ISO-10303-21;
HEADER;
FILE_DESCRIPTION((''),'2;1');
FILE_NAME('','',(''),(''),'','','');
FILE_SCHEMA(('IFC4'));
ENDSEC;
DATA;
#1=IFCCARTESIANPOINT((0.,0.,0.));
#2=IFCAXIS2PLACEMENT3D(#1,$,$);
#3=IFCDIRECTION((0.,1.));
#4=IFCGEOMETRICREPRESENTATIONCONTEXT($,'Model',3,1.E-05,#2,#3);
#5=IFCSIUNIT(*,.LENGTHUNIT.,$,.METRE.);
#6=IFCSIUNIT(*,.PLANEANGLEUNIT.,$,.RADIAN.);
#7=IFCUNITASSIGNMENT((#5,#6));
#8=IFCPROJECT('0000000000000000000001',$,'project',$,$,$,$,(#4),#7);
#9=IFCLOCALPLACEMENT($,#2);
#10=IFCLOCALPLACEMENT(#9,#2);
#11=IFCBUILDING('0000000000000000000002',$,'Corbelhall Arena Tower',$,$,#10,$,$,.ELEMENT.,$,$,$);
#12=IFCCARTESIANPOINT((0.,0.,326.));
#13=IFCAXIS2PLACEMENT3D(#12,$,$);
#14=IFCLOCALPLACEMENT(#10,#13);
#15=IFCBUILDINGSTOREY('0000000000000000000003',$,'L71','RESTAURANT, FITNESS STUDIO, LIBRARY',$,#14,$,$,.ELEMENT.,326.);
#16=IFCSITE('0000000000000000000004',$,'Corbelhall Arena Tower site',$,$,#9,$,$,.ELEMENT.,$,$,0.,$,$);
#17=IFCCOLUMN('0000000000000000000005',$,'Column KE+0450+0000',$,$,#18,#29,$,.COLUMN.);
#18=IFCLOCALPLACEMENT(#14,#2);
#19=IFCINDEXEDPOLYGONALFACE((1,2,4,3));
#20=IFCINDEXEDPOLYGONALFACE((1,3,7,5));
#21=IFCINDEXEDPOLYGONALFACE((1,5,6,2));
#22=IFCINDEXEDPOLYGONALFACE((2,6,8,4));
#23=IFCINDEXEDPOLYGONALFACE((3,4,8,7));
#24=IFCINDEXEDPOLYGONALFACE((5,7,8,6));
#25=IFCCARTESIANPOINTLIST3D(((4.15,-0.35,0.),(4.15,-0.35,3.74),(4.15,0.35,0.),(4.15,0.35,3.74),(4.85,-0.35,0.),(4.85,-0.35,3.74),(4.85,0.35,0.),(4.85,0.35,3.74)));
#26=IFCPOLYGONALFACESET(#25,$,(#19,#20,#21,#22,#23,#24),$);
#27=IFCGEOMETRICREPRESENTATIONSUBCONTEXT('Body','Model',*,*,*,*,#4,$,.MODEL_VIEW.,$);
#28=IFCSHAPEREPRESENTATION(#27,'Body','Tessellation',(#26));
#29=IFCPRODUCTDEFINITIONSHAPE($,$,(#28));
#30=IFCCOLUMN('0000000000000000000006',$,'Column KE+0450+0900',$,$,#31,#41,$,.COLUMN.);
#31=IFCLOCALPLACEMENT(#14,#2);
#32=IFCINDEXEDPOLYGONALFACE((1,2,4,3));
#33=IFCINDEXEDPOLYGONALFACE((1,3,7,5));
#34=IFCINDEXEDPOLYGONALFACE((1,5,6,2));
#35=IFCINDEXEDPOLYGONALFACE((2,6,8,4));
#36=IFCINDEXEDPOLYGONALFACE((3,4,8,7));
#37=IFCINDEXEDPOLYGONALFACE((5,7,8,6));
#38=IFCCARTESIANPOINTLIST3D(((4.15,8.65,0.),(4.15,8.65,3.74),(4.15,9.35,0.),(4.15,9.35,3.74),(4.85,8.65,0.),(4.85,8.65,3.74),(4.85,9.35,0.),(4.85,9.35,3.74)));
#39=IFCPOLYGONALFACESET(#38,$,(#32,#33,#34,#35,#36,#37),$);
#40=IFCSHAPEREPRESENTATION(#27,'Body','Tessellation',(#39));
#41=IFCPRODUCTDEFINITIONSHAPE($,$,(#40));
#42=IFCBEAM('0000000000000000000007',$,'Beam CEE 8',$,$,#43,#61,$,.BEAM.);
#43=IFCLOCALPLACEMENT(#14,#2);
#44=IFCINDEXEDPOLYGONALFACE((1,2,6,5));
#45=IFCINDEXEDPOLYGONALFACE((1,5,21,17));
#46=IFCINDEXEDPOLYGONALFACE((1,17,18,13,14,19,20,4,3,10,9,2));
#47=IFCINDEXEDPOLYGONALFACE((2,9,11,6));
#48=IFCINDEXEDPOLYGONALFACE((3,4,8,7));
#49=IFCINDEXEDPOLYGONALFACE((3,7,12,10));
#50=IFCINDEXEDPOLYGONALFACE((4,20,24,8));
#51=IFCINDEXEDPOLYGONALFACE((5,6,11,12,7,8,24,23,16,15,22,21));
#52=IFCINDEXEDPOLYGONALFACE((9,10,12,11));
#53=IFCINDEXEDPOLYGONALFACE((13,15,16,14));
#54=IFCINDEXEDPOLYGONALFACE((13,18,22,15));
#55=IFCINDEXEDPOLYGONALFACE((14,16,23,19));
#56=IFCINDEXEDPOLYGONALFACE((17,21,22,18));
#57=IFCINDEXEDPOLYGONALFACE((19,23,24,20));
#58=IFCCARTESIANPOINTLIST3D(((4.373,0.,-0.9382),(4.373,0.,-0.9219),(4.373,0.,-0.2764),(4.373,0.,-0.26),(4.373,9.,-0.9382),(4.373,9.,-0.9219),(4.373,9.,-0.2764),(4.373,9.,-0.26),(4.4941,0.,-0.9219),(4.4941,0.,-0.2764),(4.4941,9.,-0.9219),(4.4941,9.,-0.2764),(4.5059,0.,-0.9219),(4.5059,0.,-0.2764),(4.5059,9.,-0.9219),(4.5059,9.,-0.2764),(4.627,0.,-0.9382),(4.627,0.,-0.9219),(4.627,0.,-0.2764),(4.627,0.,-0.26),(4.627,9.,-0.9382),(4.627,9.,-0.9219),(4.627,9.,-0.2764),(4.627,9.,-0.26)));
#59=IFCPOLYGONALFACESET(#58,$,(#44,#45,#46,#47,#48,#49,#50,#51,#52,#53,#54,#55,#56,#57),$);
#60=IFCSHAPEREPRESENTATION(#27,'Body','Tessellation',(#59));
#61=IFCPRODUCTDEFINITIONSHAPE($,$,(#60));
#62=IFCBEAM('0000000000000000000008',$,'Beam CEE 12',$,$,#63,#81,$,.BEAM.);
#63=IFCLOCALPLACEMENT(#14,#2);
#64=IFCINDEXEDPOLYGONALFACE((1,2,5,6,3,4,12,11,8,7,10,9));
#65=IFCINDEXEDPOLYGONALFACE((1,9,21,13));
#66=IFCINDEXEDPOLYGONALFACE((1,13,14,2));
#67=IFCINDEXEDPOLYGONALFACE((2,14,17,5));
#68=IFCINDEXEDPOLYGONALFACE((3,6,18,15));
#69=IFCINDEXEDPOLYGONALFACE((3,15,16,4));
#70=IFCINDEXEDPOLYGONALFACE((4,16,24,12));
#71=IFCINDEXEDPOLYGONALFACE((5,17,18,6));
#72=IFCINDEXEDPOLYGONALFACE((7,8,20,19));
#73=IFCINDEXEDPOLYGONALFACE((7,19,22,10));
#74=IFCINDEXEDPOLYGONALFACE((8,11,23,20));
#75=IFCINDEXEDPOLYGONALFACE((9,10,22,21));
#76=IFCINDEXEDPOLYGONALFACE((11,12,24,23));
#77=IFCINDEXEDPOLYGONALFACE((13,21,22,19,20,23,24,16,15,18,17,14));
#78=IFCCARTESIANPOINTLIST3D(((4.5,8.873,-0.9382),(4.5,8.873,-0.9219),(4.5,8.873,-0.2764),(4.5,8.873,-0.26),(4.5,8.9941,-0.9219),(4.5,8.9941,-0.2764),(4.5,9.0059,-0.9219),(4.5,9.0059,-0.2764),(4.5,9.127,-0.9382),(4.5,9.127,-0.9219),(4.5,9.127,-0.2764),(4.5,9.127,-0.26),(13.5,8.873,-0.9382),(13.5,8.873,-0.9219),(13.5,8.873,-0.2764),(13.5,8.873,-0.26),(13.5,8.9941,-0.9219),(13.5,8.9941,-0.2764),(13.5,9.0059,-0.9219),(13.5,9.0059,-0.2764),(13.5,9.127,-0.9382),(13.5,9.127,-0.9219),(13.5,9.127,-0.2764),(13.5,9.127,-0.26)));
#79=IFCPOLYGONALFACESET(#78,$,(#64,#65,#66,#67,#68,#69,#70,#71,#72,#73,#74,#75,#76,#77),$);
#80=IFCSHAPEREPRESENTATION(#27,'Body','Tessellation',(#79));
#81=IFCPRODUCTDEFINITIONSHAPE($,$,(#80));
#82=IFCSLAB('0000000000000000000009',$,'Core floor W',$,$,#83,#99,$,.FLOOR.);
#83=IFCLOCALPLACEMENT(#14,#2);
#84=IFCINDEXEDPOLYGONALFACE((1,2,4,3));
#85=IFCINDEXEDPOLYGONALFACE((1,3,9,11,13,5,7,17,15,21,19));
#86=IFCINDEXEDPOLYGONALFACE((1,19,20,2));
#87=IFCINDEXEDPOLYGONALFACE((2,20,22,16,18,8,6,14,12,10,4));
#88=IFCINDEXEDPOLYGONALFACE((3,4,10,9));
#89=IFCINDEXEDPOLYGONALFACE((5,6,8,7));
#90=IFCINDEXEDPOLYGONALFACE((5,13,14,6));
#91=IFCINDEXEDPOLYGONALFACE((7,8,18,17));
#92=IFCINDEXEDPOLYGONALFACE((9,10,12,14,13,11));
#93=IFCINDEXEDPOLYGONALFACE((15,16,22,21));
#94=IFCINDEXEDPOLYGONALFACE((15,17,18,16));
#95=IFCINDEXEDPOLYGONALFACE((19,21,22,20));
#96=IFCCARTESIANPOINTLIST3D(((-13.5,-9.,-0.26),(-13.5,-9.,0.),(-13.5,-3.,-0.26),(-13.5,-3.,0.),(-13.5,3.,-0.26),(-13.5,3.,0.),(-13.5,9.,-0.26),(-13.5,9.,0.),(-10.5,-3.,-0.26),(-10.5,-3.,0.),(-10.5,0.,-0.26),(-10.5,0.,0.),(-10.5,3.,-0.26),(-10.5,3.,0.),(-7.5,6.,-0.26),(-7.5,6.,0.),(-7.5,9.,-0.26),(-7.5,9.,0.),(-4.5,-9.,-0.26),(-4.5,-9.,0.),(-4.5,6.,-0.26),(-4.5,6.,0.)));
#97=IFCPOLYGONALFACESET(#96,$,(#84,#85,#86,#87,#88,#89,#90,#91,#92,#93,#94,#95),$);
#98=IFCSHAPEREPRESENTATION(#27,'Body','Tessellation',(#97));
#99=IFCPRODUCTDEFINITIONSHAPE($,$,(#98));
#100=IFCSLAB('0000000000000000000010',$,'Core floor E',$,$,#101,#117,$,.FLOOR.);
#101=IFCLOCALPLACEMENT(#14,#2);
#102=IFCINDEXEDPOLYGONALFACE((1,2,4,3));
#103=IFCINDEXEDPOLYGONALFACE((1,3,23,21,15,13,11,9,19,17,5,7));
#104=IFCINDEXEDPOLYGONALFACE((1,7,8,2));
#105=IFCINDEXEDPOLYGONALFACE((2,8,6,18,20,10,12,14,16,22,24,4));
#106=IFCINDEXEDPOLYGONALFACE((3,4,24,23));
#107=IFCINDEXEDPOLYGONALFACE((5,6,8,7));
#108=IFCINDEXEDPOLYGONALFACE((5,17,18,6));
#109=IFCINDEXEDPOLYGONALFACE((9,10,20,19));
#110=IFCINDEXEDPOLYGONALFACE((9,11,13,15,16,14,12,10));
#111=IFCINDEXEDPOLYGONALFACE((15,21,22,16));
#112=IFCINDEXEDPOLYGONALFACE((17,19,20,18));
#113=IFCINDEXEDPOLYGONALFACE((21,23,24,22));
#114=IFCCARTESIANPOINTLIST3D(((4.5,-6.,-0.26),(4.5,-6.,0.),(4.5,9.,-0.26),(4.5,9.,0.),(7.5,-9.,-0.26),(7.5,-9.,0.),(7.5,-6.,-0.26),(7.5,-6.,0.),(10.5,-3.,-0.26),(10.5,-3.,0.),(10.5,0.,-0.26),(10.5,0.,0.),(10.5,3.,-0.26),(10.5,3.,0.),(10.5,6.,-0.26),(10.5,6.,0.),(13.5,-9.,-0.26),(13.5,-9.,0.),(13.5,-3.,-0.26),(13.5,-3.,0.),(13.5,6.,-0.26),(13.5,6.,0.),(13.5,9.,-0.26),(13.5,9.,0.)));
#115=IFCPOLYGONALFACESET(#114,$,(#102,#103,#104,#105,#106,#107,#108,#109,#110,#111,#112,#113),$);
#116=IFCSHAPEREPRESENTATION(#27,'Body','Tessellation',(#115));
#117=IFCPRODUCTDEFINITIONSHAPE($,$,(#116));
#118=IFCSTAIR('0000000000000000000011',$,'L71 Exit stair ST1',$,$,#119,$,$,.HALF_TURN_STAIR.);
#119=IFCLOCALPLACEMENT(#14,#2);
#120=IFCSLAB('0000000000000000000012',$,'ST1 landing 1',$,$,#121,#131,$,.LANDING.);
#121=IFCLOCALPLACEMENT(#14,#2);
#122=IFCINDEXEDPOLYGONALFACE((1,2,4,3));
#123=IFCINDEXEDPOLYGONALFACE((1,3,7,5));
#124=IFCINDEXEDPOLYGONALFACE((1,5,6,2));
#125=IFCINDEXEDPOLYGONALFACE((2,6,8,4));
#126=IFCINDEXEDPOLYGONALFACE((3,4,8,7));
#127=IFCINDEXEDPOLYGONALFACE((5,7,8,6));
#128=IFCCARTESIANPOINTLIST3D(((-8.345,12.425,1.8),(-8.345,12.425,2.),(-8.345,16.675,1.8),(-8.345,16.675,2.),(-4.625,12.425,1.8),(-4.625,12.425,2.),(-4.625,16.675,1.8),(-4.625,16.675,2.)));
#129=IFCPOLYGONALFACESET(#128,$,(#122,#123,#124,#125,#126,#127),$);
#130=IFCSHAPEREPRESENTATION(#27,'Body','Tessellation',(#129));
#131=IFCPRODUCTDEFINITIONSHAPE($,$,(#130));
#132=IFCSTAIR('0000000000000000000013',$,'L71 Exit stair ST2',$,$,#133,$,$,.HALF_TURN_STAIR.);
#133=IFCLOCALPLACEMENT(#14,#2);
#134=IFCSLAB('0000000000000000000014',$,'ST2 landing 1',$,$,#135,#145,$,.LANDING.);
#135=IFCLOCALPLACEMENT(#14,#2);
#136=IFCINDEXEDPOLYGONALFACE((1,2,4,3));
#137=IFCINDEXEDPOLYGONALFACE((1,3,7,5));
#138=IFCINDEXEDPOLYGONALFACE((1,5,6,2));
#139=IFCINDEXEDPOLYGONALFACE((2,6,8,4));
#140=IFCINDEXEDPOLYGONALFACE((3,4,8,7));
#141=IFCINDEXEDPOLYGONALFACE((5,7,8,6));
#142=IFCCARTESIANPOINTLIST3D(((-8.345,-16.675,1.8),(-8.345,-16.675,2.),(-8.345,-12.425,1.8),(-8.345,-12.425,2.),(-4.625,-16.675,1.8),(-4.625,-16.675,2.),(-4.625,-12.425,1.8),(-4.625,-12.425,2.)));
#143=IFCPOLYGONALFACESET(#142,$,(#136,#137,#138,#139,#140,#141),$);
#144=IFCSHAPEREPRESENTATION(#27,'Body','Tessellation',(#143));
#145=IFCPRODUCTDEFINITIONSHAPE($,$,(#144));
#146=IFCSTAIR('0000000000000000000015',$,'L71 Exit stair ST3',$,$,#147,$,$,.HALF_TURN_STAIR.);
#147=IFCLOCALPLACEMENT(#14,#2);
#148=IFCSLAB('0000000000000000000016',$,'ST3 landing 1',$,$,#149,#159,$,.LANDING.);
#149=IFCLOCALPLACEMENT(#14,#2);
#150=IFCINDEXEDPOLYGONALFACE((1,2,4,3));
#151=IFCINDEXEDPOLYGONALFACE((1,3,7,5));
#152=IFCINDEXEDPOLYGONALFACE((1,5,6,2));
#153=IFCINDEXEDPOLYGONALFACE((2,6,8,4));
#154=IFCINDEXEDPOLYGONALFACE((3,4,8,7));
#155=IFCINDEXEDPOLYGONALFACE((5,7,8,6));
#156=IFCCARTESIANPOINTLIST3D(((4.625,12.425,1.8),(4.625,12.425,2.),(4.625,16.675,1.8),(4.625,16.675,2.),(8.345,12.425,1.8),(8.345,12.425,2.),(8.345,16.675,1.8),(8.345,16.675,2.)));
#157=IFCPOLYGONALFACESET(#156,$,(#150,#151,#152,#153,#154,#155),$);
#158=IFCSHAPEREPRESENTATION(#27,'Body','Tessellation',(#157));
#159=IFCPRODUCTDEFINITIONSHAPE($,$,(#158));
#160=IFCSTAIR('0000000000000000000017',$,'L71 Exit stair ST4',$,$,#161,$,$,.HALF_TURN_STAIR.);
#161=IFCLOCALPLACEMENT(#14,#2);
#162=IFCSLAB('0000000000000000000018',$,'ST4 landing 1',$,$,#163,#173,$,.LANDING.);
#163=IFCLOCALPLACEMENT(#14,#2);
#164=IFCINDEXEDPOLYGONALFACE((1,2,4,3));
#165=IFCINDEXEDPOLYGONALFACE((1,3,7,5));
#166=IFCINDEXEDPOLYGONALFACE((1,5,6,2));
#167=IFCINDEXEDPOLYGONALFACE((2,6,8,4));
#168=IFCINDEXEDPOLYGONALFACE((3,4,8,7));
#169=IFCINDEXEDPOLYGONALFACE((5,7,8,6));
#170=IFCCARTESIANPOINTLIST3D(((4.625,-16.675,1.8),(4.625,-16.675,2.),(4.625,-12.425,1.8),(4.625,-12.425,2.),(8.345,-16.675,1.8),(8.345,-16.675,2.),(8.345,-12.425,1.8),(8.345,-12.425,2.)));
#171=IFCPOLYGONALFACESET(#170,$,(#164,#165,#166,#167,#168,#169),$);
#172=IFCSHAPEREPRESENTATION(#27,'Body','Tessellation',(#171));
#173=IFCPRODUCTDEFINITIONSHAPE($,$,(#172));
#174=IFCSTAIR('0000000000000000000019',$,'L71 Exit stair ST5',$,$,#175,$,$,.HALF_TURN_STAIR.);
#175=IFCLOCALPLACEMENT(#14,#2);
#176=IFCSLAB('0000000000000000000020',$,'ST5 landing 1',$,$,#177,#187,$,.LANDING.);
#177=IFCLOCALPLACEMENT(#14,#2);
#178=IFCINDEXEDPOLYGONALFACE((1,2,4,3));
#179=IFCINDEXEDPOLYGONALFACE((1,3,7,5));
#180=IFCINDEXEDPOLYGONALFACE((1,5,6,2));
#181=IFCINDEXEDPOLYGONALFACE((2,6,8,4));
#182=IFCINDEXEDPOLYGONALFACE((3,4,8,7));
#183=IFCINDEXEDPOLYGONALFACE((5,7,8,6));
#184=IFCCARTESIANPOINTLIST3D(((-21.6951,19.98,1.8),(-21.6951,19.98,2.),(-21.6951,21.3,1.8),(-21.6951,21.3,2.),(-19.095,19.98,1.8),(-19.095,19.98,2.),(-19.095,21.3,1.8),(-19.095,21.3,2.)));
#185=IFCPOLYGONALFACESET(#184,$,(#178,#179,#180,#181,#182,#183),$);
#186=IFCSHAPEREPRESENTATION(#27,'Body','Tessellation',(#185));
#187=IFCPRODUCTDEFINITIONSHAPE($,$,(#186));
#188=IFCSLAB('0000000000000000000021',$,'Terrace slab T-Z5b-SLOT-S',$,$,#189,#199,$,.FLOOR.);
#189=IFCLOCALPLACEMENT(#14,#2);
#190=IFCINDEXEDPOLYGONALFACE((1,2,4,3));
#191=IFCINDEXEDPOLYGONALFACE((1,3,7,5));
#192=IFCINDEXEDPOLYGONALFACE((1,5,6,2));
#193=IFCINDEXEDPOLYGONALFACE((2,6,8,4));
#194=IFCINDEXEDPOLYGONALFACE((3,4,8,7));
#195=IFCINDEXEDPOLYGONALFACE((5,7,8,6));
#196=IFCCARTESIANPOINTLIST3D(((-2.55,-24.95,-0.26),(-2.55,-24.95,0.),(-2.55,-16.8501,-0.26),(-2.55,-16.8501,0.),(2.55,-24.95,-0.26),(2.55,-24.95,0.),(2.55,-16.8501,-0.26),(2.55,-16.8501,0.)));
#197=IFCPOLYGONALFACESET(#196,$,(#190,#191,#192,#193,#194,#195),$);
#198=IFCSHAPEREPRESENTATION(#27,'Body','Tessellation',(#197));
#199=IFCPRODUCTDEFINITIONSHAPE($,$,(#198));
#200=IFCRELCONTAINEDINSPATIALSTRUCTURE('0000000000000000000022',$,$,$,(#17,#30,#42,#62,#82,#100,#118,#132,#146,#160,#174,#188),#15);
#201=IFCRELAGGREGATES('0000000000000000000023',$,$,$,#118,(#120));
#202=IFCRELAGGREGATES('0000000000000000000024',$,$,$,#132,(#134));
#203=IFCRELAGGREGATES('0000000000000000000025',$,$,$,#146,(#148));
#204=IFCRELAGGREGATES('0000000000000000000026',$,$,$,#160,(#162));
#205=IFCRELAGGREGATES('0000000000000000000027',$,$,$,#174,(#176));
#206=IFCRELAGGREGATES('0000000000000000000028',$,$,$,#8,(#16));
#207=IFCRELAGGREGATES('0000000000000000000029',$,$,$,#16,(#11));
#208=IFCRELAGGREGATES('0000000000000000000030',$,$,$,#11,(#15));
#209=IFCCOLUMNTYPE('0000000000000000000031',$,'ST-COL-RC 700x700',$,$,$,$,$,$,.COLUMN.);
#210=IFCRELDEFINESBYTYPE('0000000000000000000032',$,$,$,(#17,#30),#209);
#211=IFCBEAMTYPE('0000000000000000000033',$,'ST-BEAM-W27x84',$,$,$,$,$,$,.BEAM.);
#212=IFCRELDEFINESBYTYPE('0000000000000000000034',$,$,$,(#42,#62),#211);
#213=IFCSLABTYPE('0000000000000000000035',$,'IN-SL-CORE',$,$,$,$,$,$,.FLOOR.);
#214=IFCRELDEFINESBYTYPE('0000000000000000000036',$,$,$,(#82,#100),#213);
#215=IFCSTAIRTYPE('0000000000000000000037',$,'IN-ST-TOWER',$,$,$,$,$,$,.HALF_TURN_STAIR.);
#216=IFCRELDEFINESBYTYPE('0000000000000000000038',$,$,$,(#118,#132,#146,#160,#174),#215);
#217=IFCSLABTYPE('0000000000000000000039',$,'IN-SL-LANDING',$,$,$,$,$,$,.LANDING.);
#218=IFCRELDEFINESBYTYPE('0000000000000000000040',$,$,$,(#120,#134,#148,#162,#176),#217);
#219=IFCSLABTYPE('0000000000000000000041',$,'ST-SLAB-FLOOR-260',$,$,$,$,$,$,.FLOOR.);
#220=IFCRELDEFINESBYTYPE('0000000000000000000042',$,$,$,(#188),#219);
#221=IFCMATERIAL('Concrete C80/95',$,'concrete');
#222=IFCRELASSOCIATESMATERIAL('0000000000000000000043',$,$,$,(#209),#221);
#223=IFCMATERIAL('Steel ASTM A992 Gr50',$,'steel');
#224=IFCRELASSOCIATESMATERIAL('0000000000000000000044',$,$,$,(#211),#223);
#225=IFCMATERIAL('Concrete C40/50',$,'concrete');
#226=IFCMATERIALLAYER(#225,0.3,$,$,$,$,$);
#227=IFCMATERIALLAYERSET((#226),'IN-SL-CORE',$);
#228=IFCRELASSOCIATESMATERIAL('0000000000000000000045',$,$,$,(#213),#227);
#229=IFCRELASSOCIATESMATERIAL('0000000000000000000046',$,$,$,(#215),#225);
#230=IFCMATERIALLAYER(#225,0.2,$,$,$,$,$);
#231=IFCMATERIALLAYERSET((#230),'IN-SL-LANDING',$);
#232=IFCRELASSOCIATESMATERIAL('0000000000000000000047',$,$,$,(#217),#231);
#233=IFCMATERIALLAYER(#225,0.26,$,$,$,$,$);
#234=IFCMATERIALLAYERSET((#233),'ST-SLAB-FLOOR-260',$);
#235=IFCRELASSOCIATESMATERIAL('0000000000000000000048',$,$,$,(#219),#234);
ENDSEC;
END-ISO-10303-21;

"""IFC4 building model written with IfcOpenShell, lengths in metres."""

from ifc_helpers import new_model, si_unit, direction, frame, origin, origin_2d, place, context, subcontext, project, spatial, polyline, rectangle, i_section, outline, extrude, material, layer, layer_set, material_profile, profile_set, type_object, element, aggregate, save


model = new_model("IFC4")

# Units and contexts
model_context = context("Model", 3, precision=1e-05, world=origin(), true_north=direction((0.0, 1.0)))
body_context = subcontext(model_context, "Body", "Model", "MODEL_VIEW")
ifc_project = project(units=[si_unit("LENGTHUNIT", "METRE"), si_unit("PLANEANGLEUNIT", "RADIAN")], contexts=[model_context])

# Site, building, storey
site_placement = place(None, origin())
site = spatial("IfcSite", under=ifc_project, at=site_placement, Name="Corbelhall Arena Tower site", CompositionType="ELEMENT", RefElevation=0.0)
building_placement = place(site_placement, origin())
building = spatial("IfcBuilding", under=site, at=building_placement, Name="Corbelhall Arena Tower", CompositionType="ELEMENT")
storey_placement = place(building_placement, frame((0.0, 0.0, 326.0)))
storey = spatial("IfcBuildingStorey", under=building, at=storey_placement, Name="L71", Description="RESTAURANT, FITNESS STUDIO, LIBRARY", CompositionType="ELEMENT", Elevation=326.0)

# Columns
ifc_material_1 = material(Name="Concrete C80/95", Category="concrete")
ifc_material_profile_1 = material_profile(ifc_material_1, rectangle(XDim=0.7, YDim=0.7, at=origin_2d()))
ifc_profile_set_1 = profile_set([ifc_material_profile_1], Name="Concrete C80/95")
column_type = type_object("IfcColumnType", Name="ST-COL-RC 700x700", PredefinedType="COLUMN", material=ifc_profile_set_1)
for number, where, z_axis, x_axis, name in (
    (1, (4.5, 0.0, 0.0), (0.0, 0.0, 1.0), (1.0, 0.0, 0.0), "Column KE+0450+0000"),
    (2, (4.5, 9.0, 0.0), (0.0, 0.0, 1.0), (1.0, 0.0, 0.0), "Column KE+0450+0900"),
):
    element("IfcColumn", number, at=place(storey_placement, frame(where, z_axis=z_axis, x_axis=x_axis)), inside=storey, type_object=column_type, Name=name, PredefinedType="COLUMN", context=body_context, shape_type="SweptSolid", body=[
        extrude(rectangle(XDim=0.7, YDim=0.7, at=origin_2d()), origin(), (0.0, 0.0, 1.0), 3.74),
    ])

# Beams
ifc_material_2 = material(Name="Steel ASTM A992 Gr50", Category="steel")
ifc_material_profile_2 = material_profile(ifc_material_2, i_section(OverallWidth=0.2539, OverallDepth=0.6782, WebThickness=0.0117, FlangeThickness=0.0164, at=origin_2d()))
ifc_profile_set_2 = profile_set([ifc_material_profile_2], Name="Steel ASTM A992 Gr50")
beam_type = type_object("IfcBeamType", Name="ST-BEAM-W27x84", PredefinedType="BEAM", material=ifc_profile_set_2)
for number, where, z_axis, x_axis, name in (
    (3, (4.5, 0.0, -0.5991), (0.0, 1.0, 0.0), (-1.0, 0.0, 0.0), "Beam CEE 8"),
    (4, (4.5, 9.0, -0.5991), (1.0, 0.0, 0.0), (0.0, 1.0, 0.0), "Beam CEE 12"),
):
    element("IfcBeam", number, at=place(storey_placement, frame(where, z_axis=z_axis, x_axis=x_axis)), inside=storey, type_object=beam_type, Name=name, PredefinedType="BEAM", context=body_context, shape_type="SweptSolid", body=[
        extrude(i_section(OverallWidth=0.2539, OverallDepth=0.6782, WebThickness=0.0117, FlangeThickness=0.0164, at=origin_2d()), origin(), (0.0, 0.0, 1.0), 9.0),
    ])

# Slabs
ifc_material_3 = material(Name="Concrete C40/50", Category="concrete")
ifc_layer_1 = layer(ifc_material_3, 0.3)
ifc_layer_set_1 = layer_set([ifc_layer_1], Name="IN-SL-CORE")
slab_type_1 = type_object("IfcSlabType", Name="IN-SL-CORE", PredefinedType="FLOOR", material=ifc_layer_set_1)
slab_1_placement = place(storey_placement, frame((0.0, 0.0, -0.26)))
element("IfcSlab", 5, at=slab_1_placement, inside=storey, type_object=slab_type_1, Name="Core floor W", PredefinedType="FLOOR", context=body_context, shape_type="SweptSolid", body=[
    extrude(outline(polyline([(-13.5, -3.0), (-13.5, -9.0), (-4.5, -9.0), (-4.5, 6.0), (-7.5, 6.0), (-7.5, 9.0), (-13.5, 9.0), (-13.5, 3.0), (-10.5, 3.0), (-10.5, 0.0), (-10.5, -3.0), (-13.5, -3.0)])), origin(), (0.0, 0.0, 1.0), 0.26),
])
slab_2_placement = place(storey_placement, frame((0.0, 0.0, -0.26)))
element("IfcSlab", 6, at=slab_2_placement, inside=storey, type_object=slab_type_1, Name="Core floor E", PredefinedType="FLOOR", context=body_context, shape_type="SweptSolid", body=[
    extrude(outline(polyline([(10.5, 0.0), (10.5, 3.0), (10.5, 6.0), (13.5, 6.0), (13.5, 9.0), (4.5, 9.0), (4.5, -6.0), (7.5, -6.0), (7.5, -9.0), (13.5, -9.0), (13.5, -3.0), (10.5, -3.0), (10.5, 0.0)])), origin(), (0.0, 0.0, 1.0), 0.26),
])

# Stairs, slabs
stair_type = type_object("IfcStairType", Name="IN-ST-TOWER", PredefinedType="HALF_TURN_STAIR", material=ifc_material_3)
stair_1_placement = place(storey_placement, origin())
stair_1 = element("IfcStair", 7, at=stair_1_placement, inside=storey, type_object=stair_type, Name="L71 Exit stair ST1", PredefinedType="HALF_TURN_STAIR")
ifc_layer_2 = layer(ifc_material_3, 0.2)
ifc_layer_set_2 = layer_set([ifc_layer_2], Name="IN-SL-LANDING")
slab_type_2 = type_object("IfcSlabType", Name="IN-SL-LANDING", PredefinedType="LANDING", material=ifc_layer_set_2)
slab_3_placement = place(storey_placement, frame((0.0, 0.0, 1.8)))
slab_3 = element("IfcSlab", 8, at=slab_3_placement, type_object=slab_type_2, Name="ST1 landing 1", PredefinedType="LANDING", context=body_context, shape_type="SweptSolid", body=[
    extrude(outline(polyline([(-8.345, 12.425), (-4.625, 12.425), (-4.625, 16.675), (-8.345, 16.675), (-8.345, 12.425)])), origin(), (0.0, 0.0, 1.0), 0.2),
])
aggregate(stair_1, [slab_3])
stair_2_placement = place(storey_placement, origin())
stair_2 = element("IfcStair", 9, at=stair_2_placement, inside=storey, type_object=stair_type, Name="L71 Exit stair ST2", PredefinedType="HALF_TURN_STAIR")
slab_4_placement = place(storey_placement, frame((0.0, 0.0, 1.8)))
slab_4 = element("IfcSlab", 10, at=slab_4_placement, type_object=slab_type_2, Name="ST2 landing 1", PredefinedType="LANDING", context=body_context, shape_type="SweptSolid", body=[
    extrude(outline(polyline([(-8.345, -16.675), (-4.625, -16.675), (-4.625, -12.425), (-8.345, -12.425), (-8.345, -16.675)])), origin(), (0.0, 0.0, 1.0), 0.2),
])
aggregate(stair_2, [slab_4])
stair_3_placement = place(storey_placement, origin())
stair_3 = element("IfcStair", 11, at=stair_3_placement, inside=storey, type_object=stair_type, Name="L71 Exit stair ST3", PredefinedType="HALF_TURN_STAIR")
slab_5_placement = place(storey_placement, frame((0.0, 0.0, 1.8)))
slab_5 = element("IfcSlab", 12, at=slab_5_placement, type_object=slab_type_2, Name="ST3 landing 1", PredefinedType="LANDING", context=body_context, shape_type="SweptSolid", body=[
    extrude(outline(polyline([(8.345, 16.675), (4.625, 16.675), (4.625, 12.425), (8.345, 12.425), (8.345, 16.675)])), origin(), (0.0, 0.0, 1.0), 0.2),
])
aggregate(stair_3, [slab_5])
stair_4_placement = place(storey_placement, origin())
stair_4 = element("IfcStair", 13, at=stair_4_placement, inside=storey, type_object=stair_type, Name="L71 Exit stair ST4", PredefinedType="HALF_TURN_STAIR")
slab_6_placement = place(storey_placement, frame((0.0, 0.0, 1.8)))
slab_6 = element("IfcSlab", 14, at=slab_6_placement, type_object=slab_type_2, Name="ST4 landing 1", PredefinedType="LANDING", context=body_context, shape_type="SweptSolid", body=[
    extrude(outline(polyline([(8.345, -12.425), (4.625, -12.425), (4.625, -16.675), (8.345, -16.675), (8.345, -12.425)])), origin(), (0.0, 0.0, 1.0), 0.2),
])
aggregate(stair_4, [slab_6])
stair_5_placement = place(storey_placement, origin())
stair_5 = element("IfcStair", 15, at=stair_5_placement, inside=storey, type_object=stair_type, Name="L71 Exit stair ST5", PredefinedType="HALF_TURN_STAIR")
slab_7_placement = place(storey_placement, frame((0.0, 0.0, 1.8)))
slab_7 = element("IfcSlab", 16, at=slab_7_placement, type_object=slab_type_2, Name="ST5 landing 1", PredefinedType="LANDING", context=body_context, shape_type="SweptSolid", body=[
    extrude(outline(polyline([(-19.095, 19.98), (-19.095, 21.3), (-21.6951, 21.3), (-21.6951, 19.98), (-19.095, 19.98)])), origin(), (0.0, 0.0, 1.0), 0.2),
])
aggregate(stair_5, [slab_7])

# Slab
ifc_layer_3 = layer(ifc_material_3, 0.26)
ifc_layer_set_3 = layer_set([ifc_layer_3], Name="ST-SLAB-FLOOR-260")
slab_type_3 = type_object("IfcSlabType", Name="ST-SLAB-FLOOR-260", PredefinedType="FLOOR", material=ifc_layer_set_3)
slab_8_placement = place(storey_placement, frame((0.0, 0.0, -0.26)))
element("IfcSlab", 17, at=slab_8_placement, inside=storey, type_object=slab_type_3, Name="Terrace slab T-Z5b-SLOT-S", PredefinedType="FLOOR", context=body_context, shape_type="SweptSolid", body=[
    extrude(outline(polyline([(2.55, -24.95), (2.55, -16.8501), (-2.55, -16.8501), (-2.55, -24.95), (2.55, -24.95)])), origin(), (0.0, 0.0, 1.0), 0.26),
])

save(model, "model.ifc")
